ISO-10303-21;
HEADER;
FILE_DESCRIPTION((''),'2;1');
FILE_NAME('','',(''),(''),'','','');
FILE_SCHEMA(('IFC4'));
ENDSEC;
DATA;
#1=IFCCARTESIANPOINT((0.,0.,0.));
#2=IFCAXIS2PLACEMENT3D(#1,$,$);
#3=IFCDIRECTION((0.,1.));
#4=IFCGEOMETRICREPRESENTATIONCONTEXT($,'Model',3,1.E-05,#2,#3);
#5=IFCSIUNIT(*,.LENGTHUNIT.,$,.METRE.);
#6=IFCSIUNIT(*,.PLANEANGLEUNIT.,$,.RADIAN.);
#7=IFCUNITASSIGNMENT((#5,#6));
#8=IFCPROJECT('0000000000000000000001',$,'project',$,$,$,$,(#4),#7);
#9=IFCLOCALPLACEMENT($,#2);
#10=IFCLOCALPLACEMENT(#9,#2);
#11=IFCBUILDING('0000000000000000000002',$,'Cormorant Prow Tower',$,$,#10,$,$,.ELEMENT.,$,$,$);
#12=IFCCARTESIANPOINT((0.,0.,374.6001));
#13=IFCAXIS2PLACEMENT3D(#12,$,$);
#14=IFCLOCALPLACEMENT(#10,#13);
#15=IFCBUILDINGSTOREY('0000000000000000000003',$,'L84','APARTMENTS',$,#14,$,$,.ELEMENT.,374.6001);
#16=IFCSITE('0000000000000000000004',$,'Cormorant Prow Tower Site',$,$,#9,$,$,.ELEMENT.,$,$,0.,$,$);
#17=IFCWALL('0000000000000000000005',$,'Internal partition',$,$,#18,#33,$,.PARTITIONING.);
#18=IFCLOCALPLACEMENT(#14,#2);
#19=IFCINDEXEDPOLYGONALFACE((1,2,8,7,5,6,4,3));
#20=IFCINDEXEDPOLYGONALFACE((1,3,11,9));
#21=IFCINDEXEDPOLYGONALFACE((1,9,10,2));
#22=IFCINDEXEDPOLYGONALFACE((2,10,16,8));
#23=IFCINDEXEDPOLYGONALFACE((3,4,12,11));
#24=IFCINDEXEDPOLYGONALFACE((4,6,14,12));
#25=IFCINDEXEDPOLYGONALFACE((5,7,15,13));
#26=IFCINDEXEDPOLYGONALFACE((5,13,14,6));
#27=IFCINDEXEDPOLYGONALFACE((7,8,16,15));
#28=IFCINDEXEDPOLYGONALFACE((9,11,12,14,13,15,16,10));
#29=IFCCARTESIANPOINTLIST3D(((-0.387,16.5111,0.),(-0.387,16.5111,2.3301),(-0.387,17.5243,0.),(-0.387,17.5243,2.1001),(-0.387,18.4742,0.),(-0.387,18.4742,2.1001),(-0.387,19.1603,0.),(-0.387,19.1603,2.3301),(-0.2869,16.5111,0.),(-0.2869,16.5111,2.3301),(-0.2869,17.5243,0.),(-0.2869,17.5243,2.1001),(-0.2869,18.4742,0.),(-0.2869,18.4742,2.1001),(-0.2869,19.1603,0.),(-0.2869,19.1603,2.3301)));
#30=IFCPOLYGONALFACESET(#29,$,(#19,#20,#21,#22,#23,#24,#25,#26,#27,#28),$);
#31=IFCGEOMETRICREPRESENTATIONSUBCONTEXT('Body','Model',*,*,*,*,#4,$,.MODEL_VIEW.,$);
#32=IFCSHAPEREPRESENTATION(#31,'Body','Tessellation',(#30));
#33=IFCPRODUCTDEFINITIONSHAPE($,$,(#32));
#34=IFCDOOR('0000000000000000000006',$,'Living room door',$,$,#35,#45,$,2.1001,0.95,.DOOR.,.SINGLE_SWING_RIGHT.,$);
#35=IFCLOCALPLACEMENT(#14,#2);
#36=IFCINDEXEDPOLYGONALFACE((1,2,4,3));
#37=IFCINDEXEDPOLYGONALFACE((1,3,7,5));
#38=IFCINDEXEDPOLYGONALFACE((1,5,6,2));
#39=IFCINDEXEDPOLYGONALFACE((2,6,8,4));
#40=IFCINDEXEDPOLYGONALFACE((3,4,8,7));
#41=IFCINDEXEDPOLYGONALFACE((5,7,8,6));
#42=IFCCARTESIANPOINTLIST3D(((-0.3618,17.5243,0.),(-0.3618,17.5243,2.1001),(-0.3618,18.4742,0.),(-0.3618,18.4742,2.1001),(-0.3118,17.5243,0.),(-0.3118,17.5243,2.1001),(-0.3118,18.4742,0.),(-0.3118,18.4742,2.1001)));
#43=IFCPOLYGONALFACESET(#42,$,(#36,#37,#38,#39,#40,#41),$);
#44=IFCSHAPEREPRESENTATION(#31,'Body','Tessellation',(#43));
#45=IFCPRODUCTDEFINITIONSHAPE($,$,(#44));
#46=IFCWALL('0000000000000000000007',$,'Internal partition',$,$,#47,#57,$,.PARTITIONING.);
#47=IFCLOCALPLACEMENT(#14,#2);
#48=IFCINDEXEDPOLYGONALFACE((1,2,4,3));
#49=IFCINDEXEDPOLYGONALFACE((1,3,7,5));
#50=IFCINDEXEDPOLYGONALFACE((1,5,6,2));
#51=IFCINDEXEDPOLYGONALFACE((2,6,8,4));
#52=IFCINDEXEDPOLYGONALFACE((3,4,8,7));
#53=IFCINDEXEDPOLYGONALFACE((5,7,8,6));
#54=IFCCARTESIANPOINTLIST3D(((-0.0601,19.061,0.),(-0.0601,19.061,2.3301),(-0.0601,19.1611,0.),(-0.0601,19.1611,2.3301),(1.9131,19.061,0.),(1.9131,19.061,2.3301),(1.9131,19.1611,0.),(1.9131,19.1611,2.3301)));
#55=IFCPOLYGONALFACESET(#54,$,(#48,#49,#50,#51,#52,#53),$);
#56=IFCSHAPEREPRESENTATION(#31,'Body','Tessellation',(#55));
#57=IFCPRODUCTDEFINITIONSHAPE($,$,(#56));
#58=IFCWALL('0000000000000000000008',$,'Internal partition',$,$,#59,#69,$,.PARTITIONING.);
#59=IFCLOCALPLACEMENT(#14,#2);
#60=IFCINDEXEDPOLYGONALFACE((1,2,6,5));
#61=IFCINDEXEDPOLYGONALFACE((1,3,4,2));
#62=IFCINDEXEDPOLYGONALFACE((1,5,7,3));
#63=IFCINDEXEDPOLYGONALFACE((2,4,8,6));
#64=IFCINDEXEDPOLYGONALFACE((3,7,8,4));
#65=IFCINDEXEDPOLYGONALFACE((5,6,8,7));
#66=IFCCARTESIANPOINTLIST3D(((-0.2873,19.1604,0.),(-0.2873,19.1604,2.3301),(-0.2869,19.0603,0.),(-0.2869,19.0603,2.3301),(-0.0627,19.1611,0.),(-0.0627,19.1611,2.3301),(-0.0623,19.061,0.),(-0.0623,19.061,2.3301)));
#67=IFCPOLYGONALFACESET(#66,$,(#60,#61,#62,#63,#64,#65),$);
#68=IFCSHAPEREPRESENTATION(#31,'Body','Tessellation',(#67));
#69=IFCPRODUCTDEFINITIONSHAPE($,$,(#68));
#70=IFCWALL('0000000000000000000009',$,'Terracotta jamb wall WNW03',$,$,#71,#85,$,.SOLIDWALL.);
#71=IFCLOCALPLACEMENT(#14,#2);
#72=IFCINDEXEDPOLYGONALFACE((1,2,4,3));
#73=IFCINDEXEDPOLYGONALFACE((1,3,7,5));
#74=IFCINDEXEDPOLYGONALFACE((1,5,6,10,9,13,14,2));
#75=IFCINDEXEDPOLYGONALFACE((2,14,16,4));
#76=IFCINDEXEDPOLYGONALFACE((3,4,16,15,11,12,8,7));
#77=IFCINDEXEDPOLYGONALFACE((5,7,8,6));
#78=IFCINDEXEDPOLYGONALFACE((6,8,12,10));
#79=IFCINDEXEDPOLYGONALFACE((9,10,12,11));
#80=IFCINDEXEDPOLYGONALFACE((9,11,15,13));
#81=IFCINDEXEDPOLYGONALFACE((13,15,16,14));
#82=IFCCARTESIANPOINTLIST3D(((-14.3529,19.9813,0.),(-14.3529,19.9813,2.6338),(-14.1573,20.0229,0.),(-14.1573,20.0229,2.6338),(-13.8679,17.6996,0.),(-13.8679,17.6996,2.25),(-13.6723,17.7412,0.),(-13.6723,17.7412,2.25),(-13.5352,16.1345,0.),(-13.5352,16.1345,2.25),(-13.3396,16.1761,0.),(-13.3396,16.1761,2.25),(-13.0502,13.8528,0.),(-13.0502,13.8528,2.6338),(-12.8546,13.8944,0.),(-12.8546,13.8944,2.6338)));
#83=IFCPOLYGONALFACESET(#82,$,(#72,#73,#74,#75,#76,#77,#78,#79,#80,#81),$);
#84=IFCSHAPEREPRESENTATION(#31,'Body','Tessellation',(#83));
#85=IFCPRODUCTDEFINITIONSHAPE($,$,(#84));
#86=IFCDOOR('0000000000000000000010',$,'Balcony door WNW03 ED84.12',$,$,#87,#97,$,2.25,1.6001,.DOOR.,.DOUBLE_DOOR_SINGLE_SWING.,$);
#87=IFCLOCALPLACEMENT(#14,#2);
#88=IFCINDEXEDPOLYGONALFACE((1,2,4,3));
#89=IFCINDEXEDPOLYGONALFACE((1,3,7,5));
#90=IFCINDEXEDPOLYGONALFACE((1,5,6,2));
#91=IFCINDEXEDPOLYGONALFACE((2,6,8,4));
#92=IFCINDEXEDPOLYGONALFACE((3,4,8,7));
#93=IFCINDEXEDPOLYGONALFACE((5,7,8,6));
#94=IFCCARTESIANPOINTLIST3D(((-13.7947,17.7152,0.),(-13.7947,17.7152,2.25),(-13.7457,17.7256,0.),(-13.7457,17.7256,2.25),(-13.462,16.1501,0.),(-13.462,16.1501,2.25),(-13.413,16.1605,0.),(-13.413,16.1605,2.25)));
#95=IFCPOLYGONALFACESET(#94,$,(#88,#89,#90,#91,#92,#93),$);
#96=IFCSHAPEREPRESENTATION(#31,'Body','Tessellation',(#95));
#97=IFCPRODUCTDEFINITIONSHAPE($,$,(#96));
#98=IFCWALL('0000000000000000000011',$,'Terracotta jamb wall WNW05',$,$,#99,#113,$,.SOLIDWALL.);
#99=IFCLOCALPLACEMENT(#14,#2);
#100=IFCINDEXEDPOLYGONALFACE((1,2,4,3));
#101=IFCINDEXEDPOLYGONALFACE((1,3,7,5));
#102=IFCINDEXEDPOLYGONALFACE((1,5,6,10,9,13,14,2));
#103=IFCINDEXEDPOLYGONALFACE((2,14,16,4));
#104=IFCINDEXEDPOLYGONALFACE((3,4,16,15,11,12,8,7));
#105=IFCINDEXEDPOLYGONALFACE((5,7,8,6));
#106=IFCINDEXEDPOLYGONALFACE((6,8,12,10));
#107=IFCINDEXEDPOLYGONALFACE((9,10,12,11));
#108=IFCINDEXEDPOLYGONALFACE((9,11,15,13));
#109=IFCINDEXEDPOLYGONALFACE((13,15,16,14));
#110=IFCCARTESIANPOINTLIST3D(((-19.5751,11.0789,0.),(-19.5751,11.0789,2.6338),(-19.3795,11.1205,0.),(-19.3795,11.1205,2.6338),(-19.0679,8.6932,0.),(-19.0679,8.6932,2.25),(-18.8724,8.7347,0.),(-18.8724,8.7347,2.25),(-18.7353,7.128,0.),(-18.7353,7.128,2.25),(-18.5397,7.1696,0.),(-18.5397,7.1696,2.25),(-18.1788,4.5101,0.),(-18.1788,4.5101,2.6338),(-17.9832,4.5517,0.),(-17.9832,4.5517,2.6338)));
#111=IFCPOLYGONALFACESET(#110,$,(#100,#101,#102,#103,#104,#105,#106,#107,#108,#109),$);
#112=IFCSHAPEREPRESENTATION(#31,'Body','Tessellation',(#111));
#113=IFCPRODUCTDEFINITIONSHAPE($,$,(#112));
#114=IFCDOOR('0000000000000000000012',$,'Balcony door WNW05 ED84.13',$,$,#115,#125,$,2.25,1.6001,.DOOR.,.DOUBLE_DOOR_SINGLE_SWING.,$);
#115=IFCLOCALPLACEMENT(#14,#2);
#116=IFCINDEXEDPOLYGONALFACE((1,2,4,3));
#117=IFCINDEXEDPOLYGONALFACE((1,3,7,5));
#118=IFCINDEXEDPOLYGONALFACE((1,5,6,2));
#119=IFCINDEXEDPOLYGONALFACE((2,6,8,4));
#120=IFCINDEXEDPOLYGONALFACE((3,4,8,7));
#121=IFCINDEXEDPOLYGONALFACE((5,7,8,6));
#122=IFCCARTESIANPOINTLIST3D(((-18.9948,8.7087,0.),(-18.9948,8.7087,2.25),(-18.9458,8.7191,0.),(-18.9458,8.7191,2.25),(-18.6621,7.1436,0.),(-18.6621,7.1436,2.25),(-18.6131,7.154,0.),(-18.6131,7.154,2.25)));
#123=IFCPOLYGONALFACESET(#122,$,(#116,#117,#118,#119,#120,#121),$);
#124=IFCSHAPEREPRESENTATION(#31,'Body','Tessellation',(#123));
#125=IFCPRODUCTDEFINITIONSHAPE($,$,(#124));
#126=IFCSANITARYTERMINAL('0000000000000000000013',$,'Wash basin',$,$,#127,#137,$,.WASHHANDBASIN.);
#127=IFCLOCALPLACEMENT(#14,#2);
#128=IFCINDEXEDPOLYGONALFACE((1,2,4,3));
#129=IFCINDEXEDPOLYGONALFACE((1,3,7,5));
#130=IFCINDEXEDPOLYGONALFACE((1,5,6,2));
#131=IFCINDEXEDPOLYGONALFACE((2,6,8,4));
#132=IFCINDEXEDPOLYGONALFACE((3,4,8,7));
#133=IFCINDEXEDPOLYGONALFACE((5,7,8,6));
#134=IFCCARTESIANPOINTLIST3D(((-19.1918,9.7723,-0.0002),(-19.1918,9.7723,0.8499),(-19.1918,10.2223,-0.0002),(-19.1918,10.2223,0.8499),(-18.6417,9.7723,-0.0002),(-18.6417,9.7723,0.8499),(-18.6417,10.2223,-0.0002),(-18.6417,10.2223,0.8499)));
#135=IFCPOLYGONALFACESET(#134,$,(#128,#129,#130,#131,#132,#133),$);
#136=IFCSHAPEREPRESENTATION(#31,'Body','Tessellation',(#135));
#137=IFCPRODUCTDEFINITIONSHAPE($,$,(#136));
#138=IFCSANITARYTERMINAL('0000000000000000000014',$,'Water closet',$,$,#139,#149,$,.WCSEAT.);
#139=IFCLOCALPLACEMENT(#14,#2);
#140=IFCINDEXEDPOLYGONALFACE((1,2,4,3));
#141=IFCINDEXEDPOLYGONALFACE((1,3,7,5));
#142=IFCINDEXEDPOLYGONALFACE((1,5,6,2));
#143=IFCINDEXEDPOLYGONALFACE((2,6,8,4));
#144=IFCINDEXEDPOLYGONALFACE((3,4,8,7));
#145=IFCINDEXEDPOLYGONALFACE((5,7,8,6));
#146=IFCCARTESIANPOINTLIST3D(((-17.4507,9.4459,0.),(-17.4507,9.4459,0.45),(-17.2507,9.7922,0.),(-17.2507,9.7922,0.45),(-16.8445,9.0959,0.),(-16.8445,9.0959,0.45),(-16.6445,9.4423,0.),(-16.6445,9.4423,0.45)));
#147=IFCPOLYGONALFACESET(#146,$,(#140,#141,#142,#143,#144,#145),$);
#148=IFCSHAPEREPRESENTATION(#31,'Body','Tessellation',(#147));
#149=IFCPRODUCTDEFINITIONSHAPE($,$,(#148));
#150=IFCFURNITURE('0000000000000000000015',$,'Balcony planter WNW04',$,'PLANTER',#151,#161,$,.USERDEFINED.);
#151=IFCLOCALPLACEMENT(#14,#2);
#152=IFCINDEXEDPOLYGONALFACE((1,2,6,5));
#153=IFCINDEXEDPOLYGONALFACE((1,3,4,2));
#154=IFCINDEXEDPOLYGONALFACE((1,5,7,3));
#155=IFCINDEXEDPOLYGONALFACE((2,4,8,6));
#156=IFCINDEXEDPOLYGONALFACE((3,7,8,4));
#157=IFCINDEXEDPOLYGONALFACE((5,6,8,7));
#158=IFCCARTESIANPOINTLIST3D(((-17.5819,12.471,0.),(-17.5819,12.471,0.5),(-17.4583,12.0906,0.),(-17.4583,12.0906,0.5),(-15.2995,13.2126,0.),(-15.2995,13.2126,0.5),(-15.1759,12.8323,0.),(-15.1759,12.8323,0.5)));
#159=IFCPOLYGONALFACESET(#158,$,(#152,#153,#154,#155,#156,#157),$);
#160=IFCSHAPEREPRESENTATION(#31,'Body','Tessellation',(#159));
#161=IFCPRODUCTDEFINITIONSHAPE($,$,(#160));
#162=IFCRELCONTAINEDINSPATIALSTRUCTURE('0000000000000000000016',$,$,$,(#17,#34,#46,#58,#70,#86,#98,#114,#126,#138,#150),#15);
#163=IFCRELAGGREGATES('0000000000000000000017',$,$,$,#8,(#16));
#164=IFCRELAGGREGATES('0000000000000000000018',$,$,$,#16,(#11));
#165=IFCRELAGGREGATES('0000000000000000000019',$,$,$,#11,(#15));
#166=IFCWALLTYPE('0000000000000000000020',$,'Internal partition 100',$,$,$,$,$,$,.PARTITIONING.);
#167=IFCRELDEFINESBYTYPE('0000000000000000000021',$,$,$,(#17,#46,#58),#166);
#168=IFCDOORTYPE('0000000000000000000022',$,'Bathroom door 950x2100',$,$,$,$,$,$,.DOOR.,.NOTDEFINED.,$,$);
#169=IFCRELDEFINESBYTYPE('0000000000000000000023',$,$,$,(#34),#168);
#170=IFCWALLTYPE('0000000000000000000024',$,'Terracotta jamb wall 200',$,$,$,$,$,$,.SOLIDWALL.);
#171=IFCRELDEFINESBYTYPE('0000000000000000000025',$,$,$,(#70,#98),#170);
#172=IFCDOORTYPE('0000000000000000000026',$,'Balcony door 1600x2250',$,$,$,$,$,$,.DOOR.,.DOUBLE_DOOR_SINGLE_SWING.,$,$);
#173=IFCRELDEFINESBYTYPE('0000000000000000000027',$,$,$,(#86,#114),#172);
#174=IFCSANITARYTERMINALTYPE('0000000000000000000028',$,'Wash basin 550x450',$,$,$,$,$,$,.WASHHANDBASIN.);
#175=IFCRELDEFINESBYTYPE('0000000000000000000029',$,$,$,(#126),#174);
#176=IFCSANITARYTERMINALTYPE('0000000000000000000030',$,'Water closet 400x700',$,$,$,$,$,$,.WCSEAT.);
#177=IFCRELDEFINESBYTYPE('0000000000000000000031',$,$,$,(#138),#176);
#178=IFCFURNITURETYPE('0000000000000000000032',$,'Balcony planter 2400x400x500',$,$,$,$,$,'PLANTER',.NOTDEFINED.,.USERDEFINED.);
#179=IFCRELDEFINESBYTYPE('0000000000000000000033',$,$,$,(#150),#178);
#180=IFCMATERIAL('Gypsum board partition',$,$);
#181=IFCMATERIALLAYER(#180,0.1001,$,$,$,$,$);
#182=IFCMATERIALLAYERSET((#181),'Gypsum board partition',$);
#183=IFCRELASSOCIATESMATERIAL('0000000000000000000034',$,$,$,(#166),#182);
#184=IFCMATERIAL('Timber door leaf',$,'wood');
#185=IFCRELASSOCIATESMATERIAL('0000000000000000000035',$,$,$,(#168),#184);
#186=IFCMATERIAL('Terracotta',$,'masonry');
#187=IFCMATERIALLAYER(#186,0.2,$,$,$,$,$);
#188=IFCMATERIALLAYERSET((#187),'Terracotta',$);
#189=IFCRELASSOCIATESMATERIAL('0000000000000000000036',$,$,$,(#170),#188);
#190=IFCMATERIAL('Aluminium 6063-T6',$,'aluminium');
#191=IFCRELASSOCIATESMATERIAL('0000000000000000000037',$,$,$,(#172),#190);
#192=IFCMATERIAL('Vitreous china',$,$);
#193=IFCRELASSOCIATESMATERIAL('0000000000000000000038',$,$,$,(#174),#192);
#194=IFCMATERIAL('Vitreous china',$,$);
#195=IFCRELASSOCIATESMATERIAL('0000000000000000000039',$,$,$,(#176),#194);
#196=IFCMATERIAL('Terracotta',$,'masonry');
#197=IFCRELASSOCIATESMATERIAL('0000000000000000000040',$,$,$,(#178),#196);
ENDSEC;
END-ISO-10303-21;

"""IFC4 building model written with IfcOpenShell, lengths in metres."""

from ifc_helpers import new_model, si_unit, direction, frame, frame_2d, origin, origin_2d, place, context, subcontext, project, spatial, rectangle, extrude, material, layer, layer_set, type_object, element, fill, save


model = new_model("IFC4")

# Units and contexts
model_context = context("Model", 3, precision=1e-05, world=origin(), true_north=direction((0.0, 1.0)))
body_context = subcontext(model_context, "Body", "Model", "MODEL_VIEW")
ifc_project = project(units=[si_unit("LENGTHUNIT", "METRE"), si_unit("PLANEANGLEUNIT", "RADIAN")], contexts=[model_context])

# Site, building, storey
site_placement = place(None, origin())
site = spatial("IfcSite", under=ifc_project, at=site_placement, Name="Cormorant Prow Tower Site", CompositionType="ELEMENT", RefElevation=0.0)
building_placement = place(site_placement, origin())
building = spatial("IfcBuilding", under=site, at=building_placement, Name="Cormorant Prow Tower", CompositionType="ELEMENT")
storey_placement = place(building_placement, frame((0.0, 0.0, 374.6001)))
storey = spatial("IfcBuildingStorey", under=building, at=storey_placement, Name="L84", Description="APARTMENTS", CompositionType="ELEMENT", Elevation=374.6001)

# Wall, opening, door
ifc_material_1 = material(Name="Gypsum board partition")
ifc_layer_1 = layer(ifc_material_1, 0.1001)
ifc_layer_set_1 = layer_set([ifc_layer_1], Name="Gypsum board partition")
wall_type_1 = type_object("IfcWallType", Name="Internal partition 100", PredefinedType="PARTITIONING", material=ifc_layer_set_1)
wall_1_placement = place(storey_placement, frame((-0.3369, 16.511, 0.0), z_axis=(0.0, 0.0, 1.0), x_axis=(0.0, 1.0, 0.0)))
wall_1 = element("IfcWall", 1, at=wall_1_placement, inside=storey, type_object=wall_type_1, Name="Internal partition", PredefinedType="PARTITIONING", context=body_context, shape_type="SweptSolid", body=[
    extrude(rectangle(XDim=2.6492, YDim=0.1001, at=frame_2d((1.3247, 0.0))), origin(), (0.0, 0.0, 1.0), 2.3301),
])
opening_1_placement = place(wall_1_placement, frame((1.0132, 0.0, 0.0)))
opening_1 = element("IfcOpeningElement", 2, at=opening_1_placement, cuts=wall_1, PredefinedType="OPENING", context=body_context, shape_type="SweptSolid", body=[
    extrude(rectangle(XDim=0.95, YDim=2.1001, at=frame_2d((0.4751, 1.05))), frame((0.0, 0.0601, 0.0), z_axis=(0.0, -1.0, 0.0), x_axis=(1.0, 0.0, 0.0)), (0.0, 0.0, 1.0), 0.1201),
])
ifc_material_2 = material(Name="Timber door leaf", Category="wood")
door_type_1 = type_object("IfcDoorType", Name="Bathroom door 950x2100", OperationType="NOTDEFINED", PredefinedType="DOOR", material=ifc_material_2)
door_1_placement = place(opening_1_placement, origin())
door_1 = element("IfcDoor", 3, at=door_1_placement, inside=storey, type_object=door_type_1, Name="Living room door", OperationType="SINGLE_SWING_RIGHT", OverallHeight=2.1001, OverallWidth=0.95, PredefinedType="DOOR", context=body_context, shape_type="SweptSolid", body=[
    extrude(rectangle(XDim=0.95, YDim=2.1001, at=frame_2d((0.4751, 1.05))), frame((0.0, 0.0249, 0.0), z_axis=(0.0, -1.0, 0.0), x_axis=(1.0, 0.0, 0.0)), (0.0, 0.0, 1.0), 0.05),
])
fill(opening_1, door_1)

# Walls
wall_2_placement = place(storey_placement, frame((-0.0601, 19.1111, 0.0), z_axis=(0.0, 0.0, 1.0), x_axis=(1.0, 0.0, 0.0)))
element("IfcWall", 4, at=wall_2_placement, inside=storey, type_object=wall_type_1, Name="Internal partition", PredefinedType="PARTITIONING", context=body_context, shape_type="SweptSolid", body=[
    extrude(rectangle(XDim=1.9731, YDim=0.1001, at=frame_2d((0.9866, 0.0))), origin(), (0.0, 0.0, 1.0), 2.3301),
])
wall_3_placement = place(storey_placement, frame((-0.2871, 19.1104, 0.0), z_axis=(0.0, 0.0, 1.0), x_axis=(0.999995, 0.003261, 0.0)))
element("IfcWall", 5, at=wall_3_placement, inside=storey, type_object=wall_type_1, Name="Internal partition", PredefinedType="PARTITIONING", context=body_context, shape_type="SweptSolid", body=[
    extrude(rectangle(XDim=0.2246, YDim=0.1001, at=frame_2d((0.1123, 0.0))), origin(), (0.0, 0.0, 1.0), 2.3301),
])

# Walls, openings, doors
ifc_material_3 = material(Name="Terracotta", Category="masonry")
ifc_layer_2 = layer(ifc_material_3, 0.2)
ifc_layer_set_2 = layer_set([ifc_layer_2], Name="Terracotta")
wall_type_2 = type_object("IfcWallType", Name="Terracotta jamb wall 200", PredefinedType="SOLIDWALL", material=ifc_layer_set_2)
wall_4_placement = place(storey_placement, frame((-14.2551, 20.0022, 0.0), z_axis=(0.0, 0.0, 1.0), x_axis=(0.207927, -0.978144, 0.0)))
wall_4 = element("IfcWall", 6, at=wall_4_placement, inside=storey, type_object=wall_type_2, Name="Terracotta jamb wall WNW03", PredefinedType="SOLIDWALL", context=body_context, shape_type="SweptSolid", body=[
    extrude(rectangle(XDim=6.2654, YDim=0.2, at=frame_2d((3.1328, 0.0))), origin(), (0.0, 0.0, 1.0), 2.6338),
])
opening_2_placement = place(wall_4_placement, frame((2.3328, 0.0, 0.0)))
opening_2 = element("IfcOpeningElement", 7, at=opening_2_placement, cuts=wall_4, PredefinedType="OPENING", context=body_context, shape_type="SweptSolid", body=[
    extrude(rectangle(XDim=1.6001, YDim=2.25, at=frame_2d((0.8, 1.125))), frame((0.0, 0.1099, 0.0), z_axis=(0.0, -1.0, 0.0), x_axis=(1.0, 0.0, 0.0)), (0.0, 0.0, 1.0), 0.22),
])
ifc_material_4 = material(Name="Aluminium 6063-T6", Category="aluminium")
door_type_2 = type_object("IfcDoorType", Name="Balcony door 1600x2250", OperationType="DOUBLE_DOOR_SINGLE_SWING", PredefinedType="DOOR", material=ifc_material_4)
door_2_placement = place(opening_2_placement, origin())
door_2 = element("IfcDoor", 8, at=door_2_placement, inside=storey, type_object=door_type_2, Name="Balcony door WNW03 ED84.12", OperationType="DOUBLE_DOOR_SINGLE_SWING", OverallHeight=2.25, OverallWidth=1.6001, PredefinedType="DOOR", context=body_context, shape_type="SweptSolid", body=[
    extrude(rectangle(XDim=1.6001, YDim=2.25, at=frame_2d((0.8, 1.125))), frame((0.0, 0.0249, 0.0), z_axis=(0.0, -1.0, 0.0), x_axis=(1.0, 0.0, 0.0)), (0.0, 0.0, 1.0), 0.05),
])
fill(opening_2, door_2)
wall_5_placement = place(storey_placement, frame((-19.4773, 11.0999, 0.0), z_axis=(0.0, 0.0, 1.0), x_axis=(0.20791, -0.978148, 0.0)))
wall_5 = element("IfcWall", 9, at=wall_5_placement, inside=storey, type_object=wall_type_2, Name="Terracotta jamb wall WNW05", PredefinedType="SOLIDWALL", context=body_context, shape_type="SweptSolid", body=[
    extrude(rectangle(XDim=6.7156, YDim=0.2, at=frame_2d((3.3579, 0.0))), origin(), (0.0, 0.0, 1.0), 2.6338),
])
opening_3_placement = place(wall_5_placement, frame((2.4392, 0.0, 0.0)))
opening_3 = element("IfcOpeningElement", 10, at=opening_3_placement, cuts=wall_5, PredefinedType="OPENING", context=body_context, shape_type="SweptSolid", body=[
    extrude(rectangle(XDim=1.6001, YDim=2.25, at=frame_2d((0.8, 1.125))), frame((0.0, 0.1099, 0.0), z_axis=(0.0, -1.0, 0.0), x_axis=(1.0, 0.0, 0.0)), (0.0, 0.0, 1.0), 0.22),
])
door_3_placement = place(opening_3_placement, origin())
door_3 = element("IfcDoor", 11, at=door_3_placement, inside=storey, type_object=door_type_2, Name="Balcony door WNW05 ED84.13", OperationType="DOUBLE_DOOR_SINGLE_SWING", OverallHeight=2.25, OverallWidth=1.6001, PredefinedType="DOOR", context=body_context, shape_type="SweptSolid", body=[
    extrude(rectangle(XDim=1.6001, YDim=2.25, at=frame_2d((0.8, 1.125))), frame((0.0, 0.0249, 0.0), z_axis=(0.0, -1.0, 0.0), x_axis=(1.0, 0.0, 0.0)), (0.0, 0.0, 1.0), 0.05),
])
fill(opening_3, door_3)

# Sanitary terminals
ifc_material_5 = material(Name="Vitreous china")
sanitary_terminal_type_1 = type_object("IfcSanitaryTerminalType", Name="Wash basin 550x450", PredefinedType="WASHHANDBASIN", material=ifc_material_5)
sanitary_terminal_1_placement = place(storey_placement, frame((-18.9167, 9.9973, -0.0002), z_axis=(0.0, 0.0, 1.0), x_axis=(1.0, 0.0, 0.0)))
element("IfcSanitaryTerminal", 12, at=sanitary_terminal_1_placement, inside=storey, type_object=sanitary_terminal_type_1, Name="Wash basin", PredefinedType="WASHHANDBASIN", context=body_context, shape_type="SweptSolid", body=[
    extrude(rectangle(XDim=0.55, YDim=0.45, at=origin_2d()), origin(), (0.0, 0.0, 1.0), 0.8501),
])
ifc_material_6 = material(Name="Vitreous china")
sanitary_terminal_type_2 = type_object("IfcSanitaryTerminalType", Name="Water closet 400x700", PredefinedType="WCSEAT", material=ifc_material_6)
sanitary_terminal_2_placement = place(storey_placement, frame((-17.0476, 9.4441, 0.0), z_axis=(0.0, 0.0, 1.0), x_axis=(-0.5, -0.866025, 0.0)))
element("IfcSanitaryTerminal", 13, at=sanitary_terminal_2_placement, inside=storey, type_object=sanitary_terminal_type_2, Name="Water closet", PredefinedType="WCSEAT", context=body_context, shape_type="SweptSolid", body=[
    extrude(rectangle(XDim=0.3999, YDim=0.7, at=origin_2d()), origin(), (0.0, 0.0, 1.0), 0.45),
])

# Furniture
ifc_material_7 = material(Name="Terracotta", Category="masonry")
furniture_type = type_object("IfcFurnitureType", Name="Balcony planter 2400x400x500", ElementType="PLANTER", AssemblyPlace="NOTDEFINED", PredefinedType="USERDEFINED", material=ifc_material_7)
furniture_placement = place(storey_placement, frame((-16.3789, 12.6516, 0.0), z_axis=(0.0, 0.0, 1.0), x_axis=(-0.951057, -0.309017, 0.0)))
element("IfcFurniture", 14, at=furniture_placement, inside=storey, type_object=furniture_type, Name="Balcony planter WNW04", ObjectType="PLANTER", PredefinedType="USERDEFINED", context=body_context, shape_type="SweptSolid", body=[
    extrude(rectangle(XDim=2.3999, YDim=0.3999, at=origin_2d()), origin(), (0.0, 0.0, 1.0), 0.5),
])

save(model, "model.ifc")
